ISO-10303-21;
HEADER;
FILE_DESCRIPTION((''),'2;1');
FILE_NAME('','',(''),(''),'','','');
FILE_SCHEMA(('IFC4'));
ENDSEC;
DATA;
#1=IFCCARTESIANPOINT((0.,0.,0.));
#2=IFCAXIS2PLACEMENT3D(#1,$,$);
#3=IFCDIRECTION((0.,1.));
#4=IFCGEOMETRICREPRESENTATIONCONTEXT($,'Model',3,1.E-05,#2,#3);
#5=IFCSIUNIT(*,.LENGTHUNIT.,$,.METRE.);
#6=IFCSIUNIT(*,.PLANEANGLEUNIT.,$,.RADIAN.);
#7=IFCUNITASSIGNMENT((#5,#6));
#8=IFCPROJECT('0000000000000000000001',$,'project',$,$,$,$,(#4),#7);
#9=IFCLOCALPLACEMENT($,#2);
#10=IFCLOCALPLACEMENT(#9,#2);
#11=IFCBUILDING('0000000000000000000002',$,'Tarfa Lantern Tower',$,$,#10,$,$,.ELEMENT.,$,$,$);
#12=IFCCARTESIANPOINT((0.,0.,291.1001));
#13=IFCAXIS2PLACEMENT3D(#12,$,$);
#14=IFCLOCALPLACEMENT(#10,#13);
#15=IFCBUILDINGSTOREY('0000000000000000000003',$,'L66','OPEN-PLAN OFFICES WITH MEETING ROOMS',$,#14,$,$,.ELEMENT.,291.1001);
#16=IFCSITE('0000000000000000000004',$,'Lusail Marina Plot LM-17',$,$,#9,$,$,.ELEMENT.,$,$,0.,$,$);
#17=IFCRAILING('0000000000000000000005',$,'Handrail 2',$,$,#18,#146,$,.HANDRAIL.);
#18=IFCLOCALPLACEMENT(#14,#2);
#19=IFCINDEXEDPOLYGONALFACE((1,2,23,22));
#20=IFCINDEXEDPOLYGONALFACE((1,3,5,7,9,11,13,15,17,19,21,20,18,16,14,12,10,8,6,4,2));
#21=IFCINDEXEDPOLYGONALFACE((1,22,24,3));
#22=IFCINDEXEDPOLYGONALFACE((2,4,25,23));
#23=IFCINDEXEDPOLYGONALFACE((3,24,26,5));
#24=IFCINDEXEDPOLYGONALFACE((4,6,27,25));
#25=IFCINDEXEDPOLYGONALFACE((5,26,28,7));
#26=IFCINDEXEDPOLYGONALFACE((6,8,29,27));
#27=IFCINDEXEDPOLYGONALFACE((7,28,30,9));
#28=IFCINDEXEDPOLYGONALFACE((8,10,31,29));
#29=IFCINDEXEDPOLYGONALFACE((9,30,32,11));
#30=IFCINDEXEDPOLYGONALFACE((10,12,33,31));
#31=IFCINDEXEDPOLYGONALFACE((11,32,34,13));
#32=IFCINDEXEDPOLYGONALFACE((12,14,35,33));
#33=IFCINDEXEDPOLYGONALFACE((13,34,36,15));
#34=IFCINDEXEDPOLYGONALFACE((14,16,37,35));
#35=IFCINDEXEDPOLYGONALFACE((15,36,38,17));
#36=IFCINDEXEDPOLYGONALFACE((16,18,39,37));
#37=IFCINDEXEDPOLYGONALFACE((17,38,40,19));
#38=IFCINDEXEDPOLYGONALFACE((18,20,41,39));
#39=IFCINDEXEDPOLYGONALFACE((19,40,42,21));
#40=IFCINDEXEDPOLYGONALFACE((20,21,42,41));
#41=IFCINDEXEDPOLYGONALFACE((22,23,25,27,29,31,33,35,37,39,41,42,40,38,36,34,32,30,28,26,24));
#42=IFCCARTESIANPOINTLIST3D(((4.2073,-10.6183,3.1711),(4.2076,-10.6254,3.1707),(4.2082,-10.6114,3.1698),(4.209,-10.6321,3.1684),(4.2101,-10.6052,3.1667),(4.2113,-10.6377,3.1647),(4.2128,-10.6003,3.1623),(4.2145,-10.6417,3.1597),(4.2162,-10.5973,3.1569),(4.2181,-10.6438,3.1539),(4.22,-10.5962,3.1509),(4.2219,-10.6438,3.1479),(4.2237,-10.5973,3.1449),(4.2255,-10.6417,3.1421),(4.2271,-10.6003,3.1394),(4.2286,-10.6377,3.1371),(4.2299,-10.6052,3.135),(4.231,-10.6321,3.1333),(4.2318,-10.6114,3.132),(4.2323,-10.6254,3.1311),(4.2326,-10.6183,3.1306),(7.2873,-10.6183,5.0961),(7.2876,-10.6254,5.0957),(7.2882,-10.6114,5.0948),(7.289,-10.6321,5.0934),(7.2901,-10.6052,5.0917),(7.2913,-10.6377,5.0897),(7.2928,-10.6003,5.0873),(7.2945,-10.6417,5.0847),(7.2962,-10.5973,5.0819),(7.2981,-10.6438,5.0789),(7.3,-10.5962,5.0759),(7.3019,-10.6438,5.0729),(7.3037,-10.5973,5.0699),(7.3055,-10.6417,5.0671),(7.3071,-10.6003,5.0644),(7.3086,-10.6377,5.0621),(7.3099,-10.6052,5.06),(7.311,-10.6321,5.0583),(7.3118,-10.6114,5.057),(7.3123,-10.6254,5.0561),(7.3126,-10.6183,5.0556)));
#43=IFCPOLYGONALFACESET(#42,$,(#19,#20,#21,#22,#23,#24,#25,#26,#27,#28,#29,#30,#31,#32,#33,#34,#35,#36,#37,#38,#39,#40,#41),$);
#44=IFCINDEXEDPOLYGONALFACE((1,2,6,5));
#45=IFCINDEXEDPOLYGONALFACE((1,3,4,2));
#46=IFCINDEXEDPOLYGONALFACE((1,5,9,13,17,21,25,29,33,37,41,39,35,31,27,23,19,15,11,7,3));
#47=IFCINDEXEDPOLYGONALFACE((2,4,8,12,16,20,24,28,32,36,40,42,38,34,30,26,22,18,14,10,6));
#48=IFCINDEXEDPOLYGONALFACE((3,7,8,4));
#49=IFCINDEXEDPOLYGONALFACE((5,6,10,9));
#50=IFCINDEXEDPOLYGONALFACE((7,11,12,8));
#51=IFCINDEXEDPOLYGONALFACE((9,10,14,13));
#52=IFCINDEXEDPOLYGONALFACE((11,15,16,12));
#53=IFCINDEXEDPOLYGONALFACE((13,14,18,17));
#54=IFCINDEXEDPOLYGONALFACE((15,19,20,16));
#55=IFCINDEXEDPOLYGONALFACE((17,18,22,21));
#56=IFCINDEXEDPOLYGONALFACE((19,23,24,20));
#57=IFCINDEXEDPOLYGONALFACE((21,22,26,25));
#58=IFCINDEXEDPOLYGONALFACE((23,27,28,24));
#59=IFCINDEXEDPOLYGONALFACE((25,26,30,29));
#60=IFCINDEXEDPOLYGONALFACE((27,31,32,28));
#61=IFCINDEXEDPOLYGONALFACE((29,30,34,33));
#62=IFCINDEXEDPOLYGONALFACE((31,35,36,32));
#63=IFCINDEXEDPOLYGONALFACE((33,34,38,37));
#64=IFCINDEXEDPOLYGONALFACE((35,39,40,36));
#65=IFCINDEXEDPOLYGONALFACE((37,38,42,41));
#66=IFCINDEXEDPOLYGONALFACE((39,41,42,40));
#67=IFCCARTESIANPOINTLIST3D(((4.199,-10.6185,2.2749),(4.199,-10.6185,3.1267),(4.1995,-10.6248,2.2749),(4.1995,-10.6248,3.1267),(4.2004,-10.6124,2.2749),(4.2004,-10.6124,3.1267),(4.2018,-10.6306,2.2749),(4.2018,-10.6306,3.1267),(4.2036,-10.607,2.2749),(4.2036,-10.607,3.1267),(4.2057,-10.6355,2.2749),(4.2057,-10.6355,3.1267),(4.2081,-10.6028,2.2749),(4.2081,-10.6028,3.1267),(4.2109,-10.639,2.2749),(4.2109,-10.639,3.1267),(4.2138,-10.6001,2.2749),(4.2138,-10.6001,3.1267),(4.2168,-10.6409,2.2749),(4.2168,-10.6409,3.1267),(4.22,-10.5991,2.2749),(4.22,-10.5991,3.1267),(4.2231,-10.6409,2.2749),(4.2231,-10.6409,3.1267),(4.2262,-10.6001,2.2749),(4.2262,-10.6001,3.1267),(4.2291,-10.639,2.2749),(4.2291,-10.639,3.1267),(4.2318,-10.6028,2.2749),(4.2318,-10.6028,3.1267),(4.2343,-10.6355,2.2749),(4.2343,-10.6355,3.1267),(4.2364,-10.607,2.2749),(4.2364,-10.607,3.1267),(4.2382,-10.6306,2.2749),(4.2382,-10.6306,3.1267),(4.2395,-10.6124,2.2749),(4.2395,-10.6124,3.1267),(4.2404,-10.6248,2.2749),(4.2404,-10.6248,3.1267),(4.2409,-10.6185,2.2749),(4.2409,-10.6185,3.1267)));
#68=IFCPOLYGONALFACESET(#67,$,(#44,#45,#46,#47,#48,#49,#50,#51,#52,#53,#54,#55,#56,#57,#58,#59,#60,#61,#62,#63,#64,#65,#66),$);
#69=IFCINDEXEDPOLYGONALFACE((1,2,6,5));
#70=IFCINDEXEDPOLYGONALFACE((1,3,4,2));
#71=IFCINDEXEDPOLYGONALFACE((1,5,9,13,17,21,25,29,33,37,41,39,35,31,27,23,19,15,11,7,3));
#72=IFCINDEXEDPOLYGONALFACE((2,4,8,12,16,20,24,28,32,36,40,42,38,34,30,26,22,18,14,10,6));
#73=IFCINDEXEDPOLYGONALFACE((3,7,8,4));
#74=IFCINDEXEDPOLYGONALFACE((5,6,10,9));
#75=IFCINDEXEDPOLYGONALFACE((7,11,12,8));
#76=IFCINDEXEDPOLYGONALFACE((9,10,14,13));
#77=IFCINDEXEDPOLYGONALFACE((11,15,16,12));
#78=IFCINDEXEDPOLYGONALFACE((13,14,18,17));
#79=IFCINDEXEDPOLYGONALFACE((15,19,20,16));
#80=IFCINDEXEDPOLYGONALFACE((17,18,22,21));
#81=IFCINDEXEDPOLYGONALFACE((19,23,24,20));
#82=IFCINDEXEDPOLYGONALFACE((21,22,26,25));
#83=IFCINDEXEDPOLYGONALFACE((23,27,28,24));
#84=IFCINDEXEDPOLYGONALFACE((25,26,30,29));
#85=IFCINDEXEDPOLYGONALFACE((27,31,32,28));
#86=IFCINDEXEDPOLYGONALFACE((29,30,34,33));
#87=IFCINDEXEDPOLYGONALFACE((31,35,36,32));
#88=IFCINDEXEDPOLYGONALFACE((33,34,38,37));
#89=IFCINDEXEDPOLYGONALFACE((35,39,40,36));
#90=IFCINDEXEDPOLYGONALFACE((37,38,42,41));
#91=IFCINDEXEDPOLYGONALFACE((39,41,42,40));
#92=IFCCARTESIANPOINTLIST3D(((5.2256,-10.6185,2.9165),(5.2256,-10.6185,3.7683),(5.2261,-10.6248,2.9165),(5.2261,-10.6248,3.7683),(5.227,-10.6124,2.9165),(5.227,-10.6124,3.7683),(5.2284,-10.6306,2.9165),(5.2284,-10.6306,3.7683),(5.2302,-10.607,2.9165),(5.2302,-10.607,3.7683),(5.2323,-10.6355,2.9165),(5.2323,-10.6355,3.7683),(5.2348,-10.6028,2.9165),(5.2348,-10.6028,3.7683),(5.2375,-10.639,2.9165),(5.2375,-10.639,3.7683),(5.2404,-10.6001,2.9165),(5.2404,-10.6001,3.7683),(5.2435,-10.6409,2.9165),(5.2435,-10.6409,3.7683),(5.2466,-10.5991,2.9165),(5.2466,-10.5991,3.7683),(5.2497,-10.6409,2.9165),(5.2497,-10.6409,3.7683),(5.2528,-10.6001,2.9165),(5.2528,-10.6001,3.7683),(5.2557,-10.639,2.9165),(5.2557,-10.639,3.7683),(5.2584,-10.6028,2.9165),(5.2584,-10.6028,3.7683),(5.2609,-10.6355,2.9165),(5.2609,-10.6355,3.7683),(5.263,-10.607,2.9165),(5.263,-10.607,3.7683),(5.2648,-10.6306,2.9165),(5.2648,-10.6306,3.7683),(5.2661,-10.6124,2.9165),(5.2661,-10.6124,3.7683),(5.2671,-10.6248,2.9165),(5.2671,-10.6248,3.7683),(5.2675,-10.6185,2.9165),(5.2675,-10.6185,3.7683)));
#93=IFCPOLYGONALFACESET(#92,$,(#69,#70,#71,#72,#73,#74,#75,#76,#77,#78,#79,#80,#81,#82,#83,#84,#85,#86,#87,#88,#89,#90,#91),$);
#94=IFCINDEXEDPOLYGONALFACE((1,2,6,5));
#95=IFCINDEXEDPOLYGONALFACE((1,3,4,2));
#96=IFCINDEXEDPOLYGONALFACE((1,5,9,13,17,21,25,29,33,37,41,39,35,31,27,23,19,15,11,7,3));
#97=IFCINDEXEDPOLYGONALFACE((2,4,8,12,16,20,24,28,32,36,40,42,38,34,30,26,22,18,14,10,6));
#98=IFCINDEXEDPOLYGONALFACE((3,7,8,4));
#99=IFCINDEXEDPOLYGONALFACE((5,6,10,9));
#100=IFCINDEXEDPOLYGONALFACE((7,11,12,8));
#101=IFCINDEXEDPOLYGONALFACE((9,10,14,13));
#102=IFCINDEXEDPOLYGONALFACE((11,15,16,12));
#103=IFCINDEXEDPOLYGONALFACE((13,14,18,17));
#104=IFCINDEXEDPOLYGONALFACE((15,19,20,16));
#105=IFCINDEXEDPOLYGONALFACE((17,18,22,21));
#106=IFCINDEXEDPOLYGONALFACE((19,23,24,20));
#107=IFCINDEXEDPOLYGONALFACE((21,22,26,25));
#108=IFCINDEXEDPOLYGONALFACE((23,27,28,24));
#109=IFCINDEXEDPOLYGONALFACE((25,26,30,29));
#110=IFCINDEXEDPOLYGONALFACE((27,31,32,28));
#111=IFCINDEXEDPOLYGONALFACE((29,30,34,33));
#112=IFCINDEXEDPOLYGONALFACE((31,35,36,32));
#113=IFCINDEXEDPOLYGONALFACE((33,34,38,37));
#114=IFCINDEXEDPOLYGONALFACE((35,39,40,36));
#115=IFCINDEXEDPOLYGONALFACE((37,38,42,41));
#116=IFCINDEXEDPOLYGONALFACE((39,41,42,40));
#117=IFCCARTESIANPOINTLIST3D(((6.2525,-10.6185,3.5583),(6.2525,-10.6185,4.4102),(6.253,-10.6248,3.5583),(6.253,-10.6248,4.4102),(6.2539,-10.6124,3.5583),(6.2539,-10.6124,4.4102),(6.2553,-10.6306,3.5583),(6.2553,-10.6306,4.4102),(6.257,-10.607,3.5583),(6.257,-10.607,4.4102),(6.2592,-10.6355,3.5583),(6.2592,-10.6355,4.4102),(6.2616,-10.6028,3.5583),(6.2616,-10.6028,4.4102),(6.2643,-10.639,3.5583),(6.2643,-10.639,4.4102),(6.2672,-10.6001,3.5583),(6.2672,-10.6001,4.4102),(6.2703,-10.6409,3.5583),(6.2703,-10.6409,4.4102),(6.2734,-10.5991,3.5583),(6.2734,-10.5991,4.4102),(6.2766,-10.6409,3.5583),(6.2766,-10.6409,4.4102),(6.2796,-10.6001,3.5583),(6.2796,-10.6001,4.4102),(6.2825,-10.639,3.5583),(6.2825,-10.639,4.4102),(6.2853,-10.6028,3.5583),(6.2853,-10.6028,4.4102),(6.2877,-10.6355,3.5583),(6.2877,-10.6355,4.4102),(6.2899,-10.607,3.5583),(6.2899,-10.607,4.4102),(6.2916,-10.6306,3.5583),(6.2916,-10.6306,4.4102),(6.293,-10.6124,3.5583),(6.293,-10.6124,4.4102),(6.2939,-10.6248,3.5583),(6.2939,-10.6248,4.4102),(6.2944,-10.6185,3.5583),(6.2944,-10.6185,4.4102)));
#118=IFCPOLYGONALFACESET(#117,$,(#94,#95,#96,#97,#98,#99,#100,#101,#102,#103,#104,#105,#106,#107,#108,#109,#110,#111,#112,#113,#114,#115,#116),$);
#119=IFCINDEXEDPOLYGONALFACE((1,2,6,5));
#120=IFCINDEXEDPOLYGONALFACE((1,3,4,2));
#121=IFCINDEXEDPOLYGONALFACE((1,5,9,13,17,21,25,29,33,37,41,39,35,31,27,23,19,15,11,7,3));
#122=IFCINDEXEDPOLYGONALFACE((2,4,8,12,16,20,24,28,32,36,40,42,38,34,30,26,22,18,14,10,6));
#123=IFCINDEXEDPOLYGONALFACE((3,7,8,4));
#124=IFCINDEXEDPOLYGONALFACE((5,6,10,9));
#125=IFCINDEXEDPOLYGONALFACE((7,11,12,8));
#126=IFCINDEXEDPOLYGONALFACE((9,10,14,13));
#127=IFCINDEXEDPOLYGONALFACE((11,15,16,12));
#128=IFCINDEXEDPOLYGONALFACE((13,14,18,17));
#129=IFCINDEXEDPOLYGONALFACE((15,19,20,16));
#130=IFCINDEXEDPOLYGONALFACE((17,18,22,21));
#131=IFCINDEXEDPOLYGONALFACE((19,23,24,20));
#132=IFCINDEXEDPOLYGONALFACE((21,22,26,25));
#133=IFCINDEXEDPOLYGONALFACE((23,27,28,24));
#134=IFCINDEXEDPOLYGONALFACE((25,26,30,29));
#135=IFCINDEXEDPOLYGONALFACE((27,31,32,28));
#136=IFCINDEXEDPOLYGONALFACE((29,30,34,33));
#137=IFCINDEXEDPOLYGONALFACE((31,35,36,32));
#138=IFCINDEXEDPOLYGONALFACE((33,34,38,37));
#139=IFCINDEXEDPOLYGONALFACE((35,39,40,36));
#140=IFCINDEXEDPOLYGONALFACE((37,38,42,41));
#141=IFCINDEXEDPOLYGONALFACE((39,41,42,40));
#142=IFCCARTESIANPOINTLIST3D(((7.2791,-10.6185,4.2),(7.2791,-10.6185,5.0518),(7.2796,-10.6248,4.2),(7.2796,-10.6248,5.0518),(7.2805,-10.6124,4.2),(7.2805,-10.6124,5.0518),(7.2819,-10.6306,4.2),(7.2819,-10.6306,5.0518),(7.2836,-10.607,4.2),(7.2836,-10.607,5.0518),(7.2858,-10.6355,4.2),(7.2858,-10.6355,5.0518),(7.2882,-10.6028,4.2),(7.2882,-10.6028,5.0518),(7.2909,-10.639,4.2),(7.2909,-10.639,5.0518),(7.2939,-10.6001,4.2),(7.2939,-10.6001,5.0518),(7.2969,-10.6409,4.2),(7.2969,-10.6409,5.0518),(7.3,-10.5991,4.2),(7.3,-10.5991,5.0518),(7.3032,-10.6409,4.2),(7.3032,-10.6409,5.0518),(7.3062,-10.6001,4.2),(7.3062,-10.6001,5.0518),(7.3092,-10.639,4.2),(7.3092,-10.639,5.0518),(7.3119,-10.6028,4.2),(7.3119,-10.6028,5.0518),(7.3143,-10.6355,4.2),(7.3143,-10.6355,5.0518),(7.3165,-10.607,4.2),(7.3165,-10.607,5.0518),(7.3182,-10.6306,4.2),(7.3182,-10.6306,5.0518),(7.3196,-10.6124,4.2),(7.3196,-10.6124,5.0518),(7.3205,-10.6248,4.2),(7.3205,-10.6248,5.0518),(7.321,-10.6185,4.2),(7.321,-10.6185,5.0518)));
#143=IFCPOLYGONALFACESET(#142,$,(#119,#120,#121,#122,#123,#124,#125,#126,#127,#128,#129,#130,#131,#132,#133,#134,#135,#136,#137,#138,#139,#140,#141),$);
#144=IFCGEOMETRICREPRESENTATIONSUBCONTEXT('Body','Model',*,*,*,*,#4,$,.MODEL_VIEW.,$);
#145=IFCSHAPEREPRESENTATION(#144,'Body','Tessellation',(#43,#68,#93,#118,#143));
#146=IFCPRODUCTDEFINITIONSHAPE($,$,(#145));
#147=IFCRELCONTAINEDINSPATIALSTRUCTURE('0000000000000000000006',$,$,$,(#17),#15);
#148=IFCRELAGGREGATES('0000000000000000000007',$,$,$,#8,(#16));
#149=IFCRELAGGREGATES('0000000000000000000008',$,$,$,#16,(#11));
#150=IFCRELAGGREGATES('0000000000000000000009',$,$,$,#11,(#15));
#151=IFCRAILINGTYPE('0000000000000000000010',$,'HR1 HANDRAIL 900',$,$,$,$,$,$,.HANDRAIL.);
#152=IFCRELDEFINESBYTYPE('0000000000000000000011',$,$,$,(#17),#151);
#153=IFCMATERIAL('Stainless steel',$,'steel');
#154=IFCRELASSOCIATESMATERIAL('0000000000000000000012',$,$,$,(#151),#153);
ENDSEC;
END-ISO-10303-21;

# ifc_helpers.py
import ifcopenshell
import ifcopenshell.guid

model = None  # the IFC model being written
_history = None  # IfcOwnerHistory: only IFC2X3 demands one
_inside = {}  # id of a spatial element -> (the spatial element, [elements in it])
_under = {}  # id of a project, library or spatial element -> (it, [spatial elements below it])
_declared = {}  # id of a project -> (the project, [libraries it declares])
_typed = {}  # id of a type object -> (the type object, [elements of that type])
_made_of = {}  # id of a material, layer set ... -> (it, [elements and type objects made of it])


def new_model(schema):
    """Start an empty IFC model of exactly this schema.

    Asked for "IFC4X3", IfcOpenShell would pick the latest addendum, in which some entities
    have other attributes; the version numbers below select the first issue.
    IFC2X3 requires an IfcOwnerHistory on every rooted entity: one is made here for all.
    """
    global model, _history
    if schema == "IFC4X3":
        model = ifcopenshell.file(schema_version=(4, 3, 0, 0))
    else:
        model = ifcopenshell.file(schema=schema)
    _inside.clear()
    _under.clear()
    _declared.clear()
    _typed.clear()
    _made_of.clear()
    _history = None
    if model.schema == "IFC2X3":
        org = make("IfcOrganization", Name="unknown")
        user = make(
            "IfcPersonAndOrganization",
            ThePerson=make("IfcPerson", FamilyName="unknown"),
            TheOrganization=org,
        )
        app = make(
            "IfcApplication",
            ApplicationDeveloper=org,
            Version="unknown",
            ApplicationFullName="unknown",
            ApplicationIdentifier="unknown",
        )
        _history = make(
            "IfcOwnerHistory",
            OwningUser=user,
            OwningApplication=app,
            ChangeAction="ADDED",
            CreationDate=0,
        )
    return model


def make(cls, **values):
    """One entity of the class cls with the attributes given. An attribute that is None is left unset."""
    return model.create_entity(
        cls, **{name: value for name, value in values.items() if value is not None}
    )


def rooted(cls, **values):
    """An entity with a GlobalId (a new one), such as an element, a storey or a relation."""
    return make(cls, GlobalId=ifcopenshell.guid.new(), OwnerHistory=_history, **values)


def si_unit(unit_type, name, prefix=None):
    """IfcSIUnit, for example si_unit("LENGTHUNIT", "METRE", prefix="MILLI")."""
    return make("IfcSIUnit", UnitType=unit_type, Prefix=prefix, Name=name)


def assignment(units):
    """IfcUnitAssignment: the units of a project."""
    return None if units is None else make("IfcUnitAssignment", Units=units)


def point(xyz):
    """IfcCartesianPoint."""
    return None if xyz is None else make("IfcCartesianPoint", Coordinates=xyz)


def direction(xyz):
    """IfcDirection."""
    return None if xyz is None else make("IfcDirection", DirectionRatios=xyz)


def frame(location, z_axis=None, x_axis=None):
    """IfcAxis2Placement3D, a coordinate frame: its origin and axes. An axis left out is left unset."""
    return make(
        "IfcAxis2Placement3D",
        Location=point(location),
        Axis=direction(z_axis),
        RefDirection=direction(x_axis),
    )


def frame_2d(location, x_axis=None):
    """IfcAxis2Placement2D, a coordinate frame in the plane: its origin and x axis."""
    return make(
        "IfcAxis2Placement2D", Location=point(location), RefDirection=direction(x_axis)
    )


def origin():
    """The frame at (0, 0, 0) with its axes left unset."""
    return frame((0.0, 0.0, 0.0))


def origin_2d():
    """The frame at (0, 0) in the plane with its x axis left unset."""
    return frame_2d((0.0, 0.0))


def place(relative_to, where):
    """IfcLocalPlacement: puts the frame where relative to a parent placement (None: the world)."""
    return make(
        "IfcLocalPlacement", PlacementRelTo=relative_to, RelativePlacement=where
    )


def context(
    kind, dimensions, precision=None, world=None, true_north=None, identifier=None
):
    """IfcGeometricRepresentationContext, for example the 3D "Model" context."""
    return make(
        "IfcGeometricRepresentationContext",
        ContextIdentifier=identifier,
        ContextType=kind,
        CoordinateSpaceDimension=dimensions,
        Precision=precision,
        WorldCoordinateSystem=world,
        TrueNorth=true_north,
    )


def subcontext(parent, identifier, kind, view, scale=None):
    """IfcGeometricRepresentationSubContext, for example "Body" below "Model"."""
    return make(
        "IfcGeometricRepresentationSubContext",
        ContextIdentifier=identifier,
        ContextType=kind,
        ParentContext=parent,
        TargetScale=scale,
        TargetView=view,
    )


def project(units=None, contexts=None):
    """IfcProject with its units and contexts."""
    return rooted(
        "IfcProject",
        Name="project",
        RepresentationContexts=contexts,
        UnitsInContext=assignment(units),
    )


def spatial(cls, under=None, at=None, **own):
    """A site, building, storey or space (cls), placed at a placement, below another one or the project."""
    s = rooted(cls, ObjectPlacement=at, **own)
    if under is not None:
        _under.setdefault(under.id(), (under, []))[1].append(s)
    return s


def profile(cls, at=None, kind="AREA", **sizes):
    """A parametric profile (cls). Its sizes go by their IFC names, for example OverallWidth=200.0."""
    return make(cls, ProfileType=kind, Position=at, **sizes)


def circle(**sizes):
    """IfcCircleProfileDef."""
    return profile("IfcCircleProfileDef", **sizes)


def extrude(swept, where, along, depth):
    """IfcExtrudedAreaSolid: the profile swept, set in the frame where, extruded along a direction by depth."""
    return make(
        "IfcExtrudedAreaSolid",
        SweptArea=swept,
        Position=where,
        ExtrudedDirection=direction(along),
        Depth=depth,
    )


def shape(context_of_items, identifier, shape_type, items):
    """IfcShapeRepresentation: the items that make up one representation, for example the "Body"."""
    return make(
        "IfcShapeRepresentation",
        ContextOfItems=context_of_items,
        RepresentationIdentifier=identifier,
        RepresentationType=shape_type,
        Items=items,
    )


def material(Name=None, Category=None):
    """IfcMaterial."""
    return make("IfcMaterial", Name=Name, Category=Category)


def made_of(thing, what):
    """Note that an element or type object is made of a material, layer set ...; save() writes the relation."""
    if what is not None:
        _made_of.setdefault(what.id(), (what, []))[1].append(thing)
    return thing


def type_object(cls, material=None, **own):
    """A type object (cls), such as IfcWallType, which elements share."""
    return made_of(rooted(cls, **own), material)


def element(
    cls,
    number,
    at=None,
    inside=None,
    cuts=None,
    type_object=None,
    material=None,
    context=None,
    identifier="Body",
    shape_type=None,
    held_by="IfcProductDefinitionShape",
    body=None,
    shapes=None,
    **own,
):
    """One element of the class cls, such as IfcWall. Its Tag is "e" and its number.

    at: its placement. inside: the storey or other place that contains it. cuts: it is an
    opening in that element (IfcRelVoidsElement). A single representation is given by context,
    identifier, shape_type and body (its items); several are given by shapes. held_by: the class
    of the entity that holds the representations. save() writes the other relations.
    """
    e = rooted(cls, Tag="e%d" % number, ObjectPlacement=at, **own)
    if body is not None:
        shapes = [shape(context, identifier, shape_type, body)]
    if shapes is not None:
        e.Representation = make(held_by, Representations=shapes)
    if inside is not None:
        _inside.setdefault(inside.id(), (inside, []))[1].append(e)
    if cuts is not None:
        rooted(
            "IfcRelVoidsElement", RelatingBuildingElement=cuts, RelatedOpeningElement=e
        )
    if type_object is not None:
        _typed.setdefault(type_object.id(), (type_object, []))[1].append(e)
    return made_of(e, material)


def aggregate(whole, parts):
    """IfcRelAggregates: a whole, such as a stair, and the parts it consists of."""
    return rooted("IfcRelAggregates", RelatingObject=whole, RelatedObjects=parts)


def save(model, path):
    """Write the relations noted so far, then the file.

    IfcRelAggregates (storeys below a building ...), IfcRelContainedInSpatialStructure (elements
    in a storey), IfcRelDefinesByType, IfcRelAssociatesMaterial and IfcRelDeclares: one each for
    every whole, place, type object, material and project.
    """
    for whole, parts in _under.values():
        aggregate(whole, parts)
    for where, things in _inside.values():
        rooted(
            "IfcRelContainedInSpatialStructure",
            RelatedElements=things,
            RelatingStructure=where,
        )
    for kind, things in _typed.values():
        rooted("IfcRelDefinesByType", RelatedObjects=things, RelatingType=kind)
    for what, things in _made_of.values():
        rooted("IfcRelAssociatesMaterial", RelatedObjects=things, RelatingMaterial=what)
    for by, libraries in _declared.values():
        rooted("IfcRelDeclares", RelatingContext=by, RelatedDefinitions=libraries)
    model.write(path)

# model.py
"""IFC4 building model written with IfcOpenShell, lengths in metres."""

from ifc_helpers import new_model, si_unit, direction, frame, origin, origin_2d, place, context, subcontext, project, spatial, circle, extrude, material, type_object, element, save


model = new_model("IFC4")

# Units and contexts
model_context = context("Model", 3, precision=1e-05, world=origin(), true_north=direction((0.0, 1.0)))
body_context = subcontext(model_context, "Body", "Model", "MODEL_VIEW")
ifc_project = project(units=[si_unit("LENGTHUNIT", "METRE"), si_unit("PLANEANGLEUNIT", "RADIAN")], contexts=[model_context])

# Site, building, storey
site_placement = place(None, origin())
site = spatial("IfcSite", under=ifc_project, at=site_placement, Name="Lusail Marina Plot LM-17", CompositionType="ELEMENT", RefElevation=0.0)
building_placement = place(site_placement, origin())
building = spatial("IfcBuilding", under=site, at=building_placement, Name="Tarfa Lantern Tower", CompositionType="ELEMENT")
storey_placement = place(building_placement, frame((0.0, 0.0, 291.1001)))
storey = spatial("IfcBuildingStorey", under=building, at=storey_placement, Name="L66", Description="OPEN-PLAN OFFICES WITH MEETING ROOMS", CompositionType="ELEMENT", Elevation=291.1001)

# Railing
ifc_material_1 = material(Name="Stainless steel", Category="steel")
railing_type = type_object("IfcRailingType", Name="HR1 HANDRAIL 900", PredefinedType="HANDRAIL", material=ifc_material_1)
railing_1_placement = place(storey_placement, frame((4.22, -10.6201, 2.2749)))
element("IfcRailing", 1, at=railing_1_placement, inside=storey, type_object=railing_type, Name="Handrail 2", PredefinedType="HANDRAIL", context=body_context, shape_type="SweptSolid", body=[
    extrude(circle(Radius=0.0239, at=origin_2d()), frame((0.0, 0.0, 0.876), z_axis=(0.847998, 0.0, 0.529999), x_axis=(0.0, 1.0, 0.0)), (0.0, 0.0, 1.0), 3.6321),
    extrude(circle(Radius=0.021, at=origin_2d()), frame((0.0, 0.0, 0.0), z_axis=(0.0, 0.0, 1.0), x_axis=(0.0, 1.0, 0.0)), (0.0, 0.0, 1.0), 0.8518),
    extrude(circle(Radius=0.021, at=origin_2d()), frame((1.0266, 0.0, 0.6416), z_axis=(0.0, 0.0, 1.0), x_axis=(0.0, 1.0, 0.0)), (0.0, 0.0, 1.0), 0.8518),
    extrude(circle(Radius=0.021, at=origin_2d()), frame((2.0535, 0.0, 1.2834), z_axis=(0.0, 0.0, 1.0), x_axis=(0.0, 1.0, 0.0)), (0.0, 0.0, 1.0), 0.8518),
    extrude(circle(Radius=0.021, at=origin_2d()), frame((3.0801, 0.0, 1.925), z_axis=(0.0, 0.0, 1.0), x_axis=(0.0, 1.0, 0.0)), (0.0, 0.0, 1.0), 0.8518),
])

save(model, "model.ifc")
